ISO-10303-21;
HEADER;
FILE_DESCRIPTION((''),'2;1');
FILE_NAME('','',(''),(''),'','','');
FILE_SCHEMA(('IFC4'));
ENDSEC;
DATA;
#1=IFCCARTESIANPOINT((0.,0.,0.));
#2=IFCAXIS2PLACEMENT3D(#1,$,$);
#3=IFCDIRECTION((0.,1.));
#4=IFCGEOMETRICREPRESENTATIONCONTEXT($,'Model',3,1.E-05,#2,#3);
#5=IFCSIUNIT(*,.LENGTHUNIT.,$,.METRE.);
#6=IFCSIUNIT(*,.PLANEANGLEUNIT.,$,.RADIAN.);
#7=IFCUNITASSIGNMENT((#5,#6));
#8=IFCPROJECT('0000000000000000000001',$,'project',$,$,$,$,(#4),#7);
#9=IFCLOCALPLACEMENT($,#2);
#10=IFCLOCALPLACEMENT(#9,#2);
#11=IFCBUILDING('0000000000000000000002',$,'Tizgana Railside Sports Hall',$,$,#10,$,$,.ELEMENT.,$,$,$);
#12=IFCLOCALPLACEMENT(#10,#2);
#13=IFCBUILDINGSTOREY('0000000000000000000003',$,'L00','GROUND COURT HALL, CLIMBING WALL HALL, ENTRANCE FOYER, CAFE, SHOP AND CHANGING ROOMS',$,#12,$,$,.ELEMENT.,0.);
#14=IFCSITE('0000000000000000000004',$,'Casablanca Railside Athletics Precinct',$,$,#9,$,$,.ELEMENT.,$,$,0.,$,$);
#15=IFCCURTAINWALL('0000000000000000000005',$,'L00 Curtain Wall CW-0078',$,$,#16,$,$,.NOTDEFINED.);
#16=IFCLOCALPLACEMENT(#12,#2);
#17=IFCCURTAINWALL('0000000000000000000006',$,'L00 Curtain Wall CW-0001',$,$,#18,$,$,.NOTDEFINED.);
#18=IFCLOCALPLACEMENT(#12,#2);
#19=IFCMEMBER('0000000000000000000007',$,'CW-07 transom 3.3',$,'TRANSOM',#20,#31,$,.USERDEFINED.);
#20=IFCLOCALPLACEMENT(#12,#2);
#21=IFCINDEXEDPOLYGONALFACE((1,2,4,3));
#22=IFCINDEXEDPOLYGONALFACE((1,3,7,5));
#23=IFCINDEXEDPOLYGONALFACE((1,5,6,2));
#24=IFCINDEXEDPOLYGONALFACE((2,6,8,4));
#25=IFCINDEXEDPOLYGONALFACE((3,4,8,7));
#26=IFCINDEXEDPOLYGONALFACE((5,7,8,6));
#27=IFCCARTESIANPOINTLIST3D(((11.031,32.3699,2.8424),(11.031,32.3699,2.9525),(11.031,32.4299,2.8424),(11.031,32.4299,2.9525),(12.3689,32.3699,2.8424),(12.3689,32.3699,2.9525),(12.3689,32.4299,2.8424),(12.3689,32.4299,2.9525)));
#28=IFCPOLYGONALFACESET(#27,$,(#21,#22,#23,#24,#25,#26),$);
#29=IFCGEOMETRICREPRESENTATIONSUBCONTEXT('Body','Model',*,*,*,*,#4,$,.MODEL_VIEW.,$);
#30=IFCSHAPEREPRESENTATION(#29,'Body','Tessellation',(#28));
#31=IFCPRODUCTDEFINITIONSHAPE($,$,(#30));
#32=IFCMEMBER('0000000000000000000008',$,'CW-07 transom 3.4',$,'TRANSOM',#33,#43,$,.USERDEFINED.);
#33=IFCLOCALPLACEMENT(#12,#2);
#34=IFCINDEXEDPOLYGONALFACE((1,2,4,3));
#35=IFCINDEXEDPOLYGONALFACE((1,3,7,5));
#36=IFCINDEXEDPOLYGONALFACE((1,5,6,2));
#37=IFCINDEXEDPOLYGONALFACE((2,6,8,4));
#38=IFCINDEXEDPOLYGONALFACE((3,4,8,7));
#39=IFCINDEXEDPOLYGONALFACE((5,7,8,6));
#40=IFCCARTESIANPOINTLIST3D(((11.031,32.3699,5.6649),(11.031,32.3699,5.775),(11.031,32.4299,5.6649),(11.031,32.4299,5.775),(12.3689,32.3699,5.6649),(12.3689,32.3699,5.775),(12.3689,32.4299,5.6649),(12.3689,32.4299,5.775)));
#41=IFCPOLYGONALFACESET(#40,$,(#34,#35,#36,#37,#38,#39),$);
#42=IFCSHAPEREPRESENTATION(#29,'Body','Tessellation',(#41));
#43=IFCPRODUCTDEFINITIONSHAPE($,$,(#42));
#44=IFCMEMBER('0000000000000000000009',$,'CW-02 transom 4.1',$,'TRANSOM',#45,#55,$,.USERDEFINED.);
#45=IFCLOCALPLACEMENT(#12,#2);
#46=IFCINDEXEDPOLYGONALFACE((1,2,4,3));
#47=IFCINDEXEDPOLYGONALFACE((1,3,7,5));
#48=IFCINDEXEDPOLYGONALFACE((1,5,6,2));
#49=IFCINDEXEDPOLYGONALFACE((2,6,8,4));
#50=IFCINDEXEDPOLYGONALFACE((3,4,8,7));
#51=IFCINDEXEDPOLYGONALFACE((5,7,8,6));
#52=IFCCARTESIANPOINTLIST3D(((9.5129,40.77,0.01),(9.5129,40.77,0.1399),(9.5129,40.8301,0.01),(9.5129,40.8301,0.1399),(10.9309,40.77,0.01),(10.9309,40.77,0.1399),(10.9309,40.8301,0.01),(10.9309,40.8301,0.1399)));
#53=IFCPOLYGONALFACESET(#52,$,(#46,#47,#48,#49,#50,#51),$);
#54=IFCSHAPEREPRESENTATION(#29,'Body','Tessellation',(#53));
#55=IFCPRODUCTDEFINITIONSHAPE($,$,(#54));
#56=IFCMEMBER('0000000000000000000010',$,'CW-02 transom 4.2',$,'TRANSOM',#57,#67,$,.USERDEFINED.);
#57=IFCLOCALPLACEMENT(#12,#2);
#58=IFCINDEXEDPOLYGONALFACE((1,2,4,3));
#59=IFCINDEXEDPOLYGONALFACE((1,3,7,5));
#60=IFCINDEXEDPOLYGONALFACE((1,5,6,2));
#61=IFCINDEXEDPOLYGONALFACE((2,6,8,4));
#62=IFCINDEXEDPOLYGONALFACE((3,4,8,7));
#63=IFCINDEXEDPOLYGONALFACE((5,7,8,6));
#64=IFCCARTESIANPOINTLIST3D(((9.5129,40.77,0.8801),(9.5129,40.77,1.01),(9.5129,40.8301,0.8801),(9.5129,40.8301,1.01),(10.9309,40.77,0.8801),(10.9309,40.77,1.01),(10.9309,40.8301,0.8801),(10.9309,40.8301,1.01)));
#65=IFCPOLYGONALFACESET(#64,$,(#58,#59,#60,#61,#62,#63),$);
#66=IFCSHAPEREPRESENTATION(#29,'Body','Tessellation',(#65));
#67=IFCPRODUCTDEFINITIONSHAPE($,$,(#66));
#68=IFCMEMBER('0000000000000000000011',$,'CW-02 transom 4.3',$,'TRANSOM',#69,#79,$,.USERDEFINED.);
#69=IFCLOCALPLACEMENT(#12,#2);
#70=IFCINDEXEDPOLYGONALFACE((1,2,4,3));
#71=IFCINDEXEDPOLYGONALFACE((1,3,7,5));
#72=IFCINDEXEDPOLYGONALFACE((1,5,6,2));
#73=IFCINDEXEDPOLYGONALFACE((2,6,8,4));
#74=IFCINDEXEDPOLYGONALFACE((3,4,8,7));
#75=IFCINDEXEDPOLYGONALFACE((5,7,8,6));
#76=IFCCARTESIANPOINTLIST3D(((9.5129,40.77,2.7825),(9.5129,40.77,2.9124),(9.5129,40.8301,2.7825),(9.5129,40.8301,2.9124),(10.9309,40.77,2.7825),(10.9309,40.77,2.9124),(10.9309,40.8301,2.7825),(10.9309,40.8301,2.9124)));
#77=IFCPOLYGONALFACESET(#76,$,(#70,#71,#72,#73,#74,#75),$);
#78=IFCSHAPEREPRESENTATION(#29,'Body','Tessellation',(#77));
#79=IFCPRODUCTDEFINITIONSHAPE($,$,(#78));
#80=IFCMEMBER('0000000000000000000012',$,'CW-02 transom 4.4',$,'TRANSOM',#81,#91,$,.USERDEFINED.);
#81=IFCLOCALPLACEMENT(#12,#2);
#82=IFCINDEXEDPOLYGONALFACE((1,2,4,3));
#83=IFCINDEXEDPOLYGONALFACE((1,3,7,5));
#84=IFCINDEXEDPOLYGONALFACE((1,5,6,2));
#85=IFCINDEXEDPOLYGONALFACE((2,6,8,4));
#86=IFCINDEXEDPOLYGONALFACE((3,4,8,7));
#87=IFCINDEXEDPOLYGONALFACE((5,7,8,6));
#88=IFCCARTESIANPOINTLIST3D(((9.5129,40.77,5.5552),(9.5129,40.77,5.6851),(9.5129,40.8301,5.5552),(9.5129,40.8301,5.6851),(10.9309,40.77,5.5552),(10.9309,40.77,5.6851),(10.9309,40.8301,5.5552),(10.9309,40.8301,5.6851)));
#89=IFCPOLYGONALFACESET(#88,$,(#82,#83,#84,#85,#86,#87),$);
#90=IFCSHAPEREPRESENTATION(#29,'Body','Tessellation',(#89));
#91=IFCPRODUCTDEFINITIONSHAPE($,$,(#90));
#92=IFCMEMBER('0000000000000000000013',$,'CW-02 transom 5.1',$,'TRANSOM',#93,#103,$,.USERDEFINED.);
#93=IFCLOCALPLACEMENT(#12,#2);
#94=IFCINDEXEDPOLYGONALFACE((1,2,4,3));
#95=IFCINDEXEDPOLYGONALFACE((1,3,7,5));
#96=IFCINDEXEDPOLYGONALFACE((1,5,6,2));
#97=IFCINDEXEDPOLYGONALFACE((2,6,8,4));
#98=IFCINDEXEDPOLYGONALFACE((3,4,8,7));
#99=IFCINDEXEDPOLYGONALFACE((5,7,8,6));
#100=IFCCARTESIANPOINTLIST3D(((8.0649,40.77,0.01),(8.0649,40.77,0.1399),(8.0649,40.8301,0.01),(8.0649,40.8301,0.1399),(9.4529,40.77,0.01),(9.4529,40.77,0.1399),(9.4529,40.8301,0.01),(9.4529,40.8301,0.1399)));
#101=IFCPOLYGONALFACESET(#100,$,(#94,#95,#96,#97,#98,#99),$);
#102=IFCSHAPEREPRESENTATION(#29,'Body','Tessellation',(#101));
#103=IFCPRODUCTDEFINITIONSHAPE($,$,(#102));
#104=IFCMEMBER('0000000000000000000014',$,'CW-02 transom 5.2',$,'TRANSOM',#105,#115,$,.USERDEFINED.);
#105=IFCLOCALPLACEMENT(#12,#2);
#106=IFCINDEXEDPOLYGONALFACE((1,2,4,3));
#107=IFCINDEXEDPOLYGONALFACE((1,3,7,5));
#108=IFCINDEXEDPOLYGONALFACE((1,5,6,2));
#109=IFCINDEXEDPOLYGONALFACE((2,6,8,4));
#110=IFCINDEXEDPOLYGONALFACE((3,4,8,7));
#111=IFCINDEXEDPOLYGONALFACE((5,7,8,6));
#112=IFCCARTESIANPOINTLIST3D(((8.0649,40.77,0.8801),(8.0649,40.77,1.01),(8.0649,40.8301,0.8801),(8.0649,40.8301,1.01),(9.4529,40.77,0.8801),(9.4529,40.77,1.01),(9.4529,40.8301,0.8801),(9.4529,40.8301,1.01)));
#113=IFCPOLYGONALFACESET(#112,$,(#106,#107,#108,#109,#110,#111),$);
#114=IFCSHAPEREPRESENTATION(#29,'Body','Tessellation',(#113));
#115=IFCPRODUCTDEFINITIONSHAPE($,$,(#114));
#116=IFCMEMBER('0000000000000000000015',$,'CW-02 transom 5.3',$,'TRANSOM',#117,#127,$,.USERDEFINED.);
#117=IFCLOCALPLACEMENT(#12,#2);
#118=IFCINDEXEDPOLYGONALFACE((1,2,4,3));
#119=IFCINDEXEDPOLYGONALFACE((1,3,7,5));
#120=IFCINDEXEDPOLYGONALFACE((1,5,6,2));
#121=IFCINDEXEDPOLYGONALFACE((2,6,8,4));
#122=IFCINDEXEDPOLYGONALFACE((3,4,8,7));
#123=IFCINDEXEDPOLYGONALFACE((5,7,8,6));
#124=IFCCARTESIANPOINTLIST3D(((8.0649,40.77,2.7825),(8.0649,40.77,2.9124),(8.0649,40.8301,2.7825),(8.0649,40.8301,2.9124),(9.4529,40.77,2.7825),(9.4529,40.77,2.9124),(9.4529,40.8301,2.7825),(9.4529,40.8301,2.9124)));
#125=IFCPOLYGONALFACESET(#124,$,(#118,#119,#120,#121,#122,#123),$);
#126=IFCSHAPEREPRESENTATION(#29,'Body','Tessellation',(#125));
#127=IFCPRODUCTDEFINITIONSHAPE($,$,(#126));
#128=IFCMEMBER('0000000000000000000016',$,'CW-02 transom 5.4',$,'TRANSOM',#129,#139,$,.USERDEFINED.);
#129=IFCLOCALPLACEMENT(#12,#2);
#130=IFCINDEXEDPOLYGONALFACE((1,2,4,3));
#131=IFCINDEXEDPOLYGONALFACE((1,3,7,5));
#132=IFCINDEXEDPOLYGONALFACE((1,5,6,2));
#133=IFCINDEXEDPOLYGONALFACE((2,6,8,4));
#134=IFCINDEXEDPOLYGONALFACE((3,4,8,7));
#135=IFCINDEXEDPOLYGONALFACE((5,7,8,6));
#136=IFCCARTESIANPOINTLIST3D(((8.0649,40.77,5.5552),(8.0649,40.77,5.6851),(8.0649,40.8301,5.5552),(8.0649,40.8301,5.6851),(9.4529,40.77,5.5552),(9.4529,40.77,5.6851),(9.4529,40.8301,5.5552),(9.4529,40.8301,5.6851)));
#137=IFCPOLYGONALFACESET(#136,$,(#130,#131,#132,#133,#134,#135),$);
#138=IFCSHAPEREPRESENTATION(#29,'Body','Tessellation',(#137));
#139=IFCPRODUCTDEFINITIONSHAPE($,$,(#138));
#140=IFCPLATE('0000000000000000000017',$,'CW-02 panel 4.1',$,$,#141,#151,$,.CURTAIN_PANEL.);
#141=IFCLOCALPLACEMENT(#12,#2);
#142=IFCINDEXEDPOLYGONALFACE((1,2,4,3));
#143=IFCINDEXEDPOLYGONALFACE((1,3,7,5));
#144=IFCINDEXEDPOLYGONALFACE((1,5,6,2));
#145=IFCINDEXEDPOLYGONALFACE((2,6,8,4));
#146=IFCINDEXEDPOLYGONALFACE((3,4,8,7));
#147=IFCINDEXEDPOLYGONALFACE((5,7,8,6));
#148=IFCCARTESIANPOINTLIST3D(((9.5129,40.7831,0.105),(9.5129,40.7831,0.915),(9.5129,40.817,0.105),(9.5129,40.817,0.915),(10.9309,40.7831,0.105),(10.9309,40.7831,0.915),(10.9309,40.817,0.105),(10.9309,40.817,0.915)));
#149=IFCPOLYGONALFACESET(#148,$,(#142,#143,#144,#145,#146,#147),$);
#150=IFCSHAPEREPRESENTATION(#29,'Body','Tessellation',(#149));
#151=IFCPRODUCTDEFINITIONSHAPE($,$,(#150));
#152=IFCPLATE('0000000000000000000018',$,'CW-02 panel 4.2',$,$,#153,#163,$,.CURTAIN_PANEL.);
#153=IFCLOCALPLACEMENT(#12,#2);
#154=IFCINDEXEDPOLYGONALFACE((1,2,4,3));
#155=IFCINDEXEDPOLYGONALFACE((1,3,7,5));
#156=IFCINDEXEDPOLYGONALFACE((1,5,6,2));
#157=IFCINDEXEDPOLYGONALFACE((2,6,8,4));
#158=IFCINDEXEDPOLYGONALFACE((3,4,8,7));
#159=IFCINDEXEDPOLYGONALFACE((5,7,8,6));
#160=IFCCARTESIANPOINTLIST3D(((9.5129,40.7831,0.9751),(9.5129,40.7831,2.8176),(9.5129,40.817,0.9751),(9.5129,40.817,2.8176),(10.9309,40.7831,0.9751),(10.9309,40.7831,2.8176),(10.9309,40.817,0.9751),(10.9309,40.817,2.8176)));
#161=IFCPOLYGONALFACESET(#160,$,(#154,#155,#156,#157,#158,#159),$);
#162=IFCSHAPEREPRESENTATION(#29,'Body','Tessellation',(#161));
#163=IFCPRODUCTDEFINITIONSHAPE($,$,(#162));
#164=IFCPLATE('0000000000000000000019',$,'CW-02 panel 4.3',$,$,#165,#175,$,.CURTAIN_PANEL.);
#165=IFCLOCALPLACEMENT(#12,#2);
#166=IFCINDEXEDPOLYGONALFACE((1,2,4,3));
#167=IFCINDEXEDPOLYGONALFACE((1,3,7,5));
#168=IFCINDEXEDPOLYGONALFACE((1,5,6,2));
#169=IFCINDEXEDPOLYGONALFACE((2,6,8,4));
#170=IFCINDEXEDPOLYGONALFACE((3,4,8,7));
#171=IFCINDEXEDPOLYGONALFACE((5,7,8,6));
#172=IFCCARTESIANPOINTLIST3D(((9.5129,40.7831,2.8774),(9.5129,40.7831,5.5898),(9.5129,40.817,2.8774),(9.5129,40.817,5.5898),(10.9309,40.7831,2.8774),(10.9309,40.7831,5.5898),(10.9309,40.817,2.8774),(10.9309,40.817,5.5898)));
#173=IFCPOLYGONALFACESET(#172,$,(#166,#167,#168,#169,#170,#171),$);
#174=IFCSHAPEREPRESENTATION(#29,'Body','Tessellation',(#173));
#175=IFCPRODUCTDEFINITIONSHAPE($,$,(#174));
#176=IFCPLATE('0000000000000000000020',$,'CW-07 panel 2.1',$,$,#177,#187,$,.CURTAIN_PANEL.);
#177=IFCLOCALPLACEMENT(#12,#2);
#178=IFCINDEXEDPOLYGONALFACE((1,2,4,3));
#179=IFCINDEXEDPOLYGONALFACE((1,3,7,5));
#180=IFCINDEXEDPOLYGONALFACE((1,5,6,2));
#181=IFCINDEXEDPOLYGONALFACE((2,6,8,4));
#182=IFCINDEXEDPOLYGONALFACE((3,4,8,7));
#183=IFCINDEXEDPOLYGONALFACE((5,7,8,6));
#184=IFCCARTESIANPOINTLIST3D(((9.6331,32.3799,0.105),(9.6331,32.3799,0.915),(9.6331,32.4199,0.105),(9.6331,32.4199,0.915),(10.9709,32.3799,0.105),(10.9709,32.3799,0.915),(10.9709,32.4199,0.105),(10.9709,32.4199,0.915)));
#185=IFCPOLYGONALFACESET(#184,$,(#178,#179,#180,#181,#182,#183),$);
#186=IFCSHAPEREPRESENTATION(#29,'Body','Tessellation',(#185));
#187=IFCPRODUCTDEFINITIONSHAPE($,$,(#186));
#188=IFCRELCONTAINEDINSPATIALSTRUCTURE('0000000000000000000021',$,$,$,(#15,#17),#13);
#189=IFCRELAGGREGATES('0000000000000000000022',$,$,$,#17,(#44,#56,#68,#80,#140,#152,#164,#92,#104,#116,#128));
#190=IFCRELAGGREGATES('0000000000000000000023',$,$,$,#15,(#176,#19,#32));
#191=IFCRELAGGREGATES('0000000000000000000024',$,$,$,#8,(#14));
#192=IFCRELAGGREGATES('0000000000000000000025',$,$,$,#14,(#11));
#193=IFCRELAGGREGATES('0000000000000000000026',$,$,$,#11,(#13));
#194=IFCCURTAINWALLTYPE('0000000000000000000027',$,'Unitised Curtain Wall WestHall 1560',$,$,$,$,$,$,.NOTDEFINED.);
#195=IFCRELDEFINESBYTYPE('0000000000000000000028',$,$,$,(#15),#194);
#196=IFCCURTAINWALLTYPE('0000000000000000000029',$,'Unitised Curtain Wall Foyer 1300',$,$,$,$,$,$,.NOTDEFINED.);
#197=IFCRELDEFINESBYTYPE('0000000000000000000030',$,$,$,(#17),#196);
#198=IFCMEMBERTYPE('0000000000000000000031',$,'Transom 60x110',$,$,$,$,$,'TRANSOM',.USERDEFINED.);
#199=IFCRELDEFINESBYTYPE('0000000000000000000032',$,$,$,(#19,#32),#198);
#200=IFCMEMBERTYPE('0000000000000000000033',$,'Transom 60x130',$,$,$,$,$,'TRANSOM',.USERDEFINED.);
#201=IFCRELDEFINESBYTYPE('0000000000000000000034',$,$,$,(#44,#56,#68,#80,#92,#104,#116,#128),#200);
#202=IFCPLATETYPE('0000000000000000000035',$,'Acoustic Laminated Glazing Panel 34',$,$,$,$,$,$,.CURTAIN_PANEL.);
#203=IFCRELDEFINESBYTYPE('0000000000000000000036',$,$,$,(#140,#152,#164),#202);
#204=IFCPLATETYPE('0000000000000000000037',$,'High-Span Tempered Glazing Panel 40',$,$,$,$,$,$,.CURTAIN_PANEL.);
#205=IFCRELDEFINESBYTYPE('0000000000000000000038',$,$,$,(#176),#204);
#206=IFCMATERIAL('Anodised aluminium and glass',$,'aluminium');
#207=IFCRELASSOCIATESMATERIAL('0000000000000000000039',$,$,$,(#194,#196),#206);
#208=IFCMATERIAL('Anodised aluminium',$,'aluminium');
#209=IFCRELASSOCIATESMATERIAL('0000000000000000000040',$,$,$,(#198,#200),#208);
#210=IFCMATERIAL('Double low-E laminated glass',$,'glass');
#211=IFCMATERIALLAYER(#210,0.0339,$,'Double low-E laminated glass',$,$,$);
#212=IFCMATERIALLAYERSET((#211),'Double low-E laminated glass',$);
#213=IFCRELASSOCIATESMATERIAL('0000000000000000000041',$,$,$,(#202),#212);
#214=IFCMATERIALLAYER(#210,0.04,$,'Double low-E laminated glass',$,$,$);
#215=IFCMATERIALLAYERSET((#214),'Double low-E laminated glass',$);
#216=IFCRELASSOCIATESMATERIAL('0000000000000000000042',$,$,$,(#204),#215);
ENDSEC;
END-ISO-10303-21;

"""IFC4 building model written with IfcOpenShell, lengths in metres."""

from ifc_helpers import new_model, si_unit, direction, frame, origin, origin_2d, place, context, subcontext, project, spatial, rectangle, extrude, material, layer, layer_set, material_profile, profile_set, type_object, element, aggregate, save


model = new_model("IFC4")

# Units and contexts
model_context = context("Model", 3, precision=1e-05, world=origin(), true_north=direction((0.0, 1.0)))
body_context = subcontext(model_context, "Body", "Model", "MODEL_VIEW")
ifc_project = project(units=[si_unit("LENGTHUNIT", "METRE"), si_unit("PLANEANGLEUNIT", "RADIAN")], contexts=[model_context])

# Site, building, storey
site_placement = place(None, origin())
site = spatial("IfcSite", under=ifc_project, at=site_placement, Name="Casablanca Railside Athletics Precinct", CompositionType="ELEMENT", RefElevation=0.0)
building_placement = place(site_placement, origin())
building = spatial("IfcBuilding", under=site, at=building_placement, Name="Tizgana Railside Sports Hall", CompositionType="ELEMENT")
storey_placement = place(building_placement, origin())
storey = spatial("IfcBuildingStorey", under=building, at=storey_placement, Name="L00", Description="GROUND COURT HALL, CLIMBING WALL HALL, ENTRANCE FOYER, CAFE, SHOP AND CHANGING ROOMS", CompositionType="ELEMENT", Elevation=0.0)

# Curtain walls
ifc_material_1 = material(Name="Anodised aluminium and glass", Category="aluminium")
curtain_wall_type_1 = type_object("IfcCurtainWallType", Name="Unitised Curtain Wall WestHall 1560", PredefinedType="NOTDEFINED", material=ifc_material_1)
curtain_wall_1_placement = place(storey_placement, origin())
curtain_wall_1 = element("IfcCurtainWall", 1, at=curtain_wall_1_placement, inside=storey, type_object=curtain_wall_type_1, Name="L00 Curtain Wall CW-0078", PredefinedType="NOTDEFINED")
ifc_material_2 = material(Name="Anodised aluminium", Category="aluminium")
curtain_wall_type_2 = type_object("IfcCurtainWallType", Name="Unitised Curtain Wall Foyer 1300", PredefinedType="NOTDEFINED", material=ifc_material_1)
curtain_wall_2_placement = place(storey_placement, origin())
curtain_wall_2 = element("IfcCurtainWall", 2, at=curtain_wall_2_placement, inside=storey, type_object=curtain_wall_type_2, Name="L00 Curtain Wall CW-0001", PredefinedType="NOTDEFINED")

# Members
ifc_material_profile_1 = material_profile(ifc_material_2, rectangle(XDim=0.0601, YDim=0.1101, at=origin_2d()), Name="Transom 60x110")
ifc_profile_set_1 = profile_set([ifc_material_profile_1], Name="Anodised aluminium")
member_type_1 = type_object("IfcMemberType", Name="Transom 60x110", ElementType="TRANSOM", PredefinedType="USERDEFINED", material=ifc_profile_set_1)
member_1_placement = place(storey_placement, frame((11.031, 32.3999, 2.8975), z_axis=(1.0, 0.0, 0.0), x_axis=(0.0, 1.0, 0.0)))
member_1 = element("IfcMember", 3, at=member_1_placement, type_object=member_type_1, Name="CW-07 transom 3.3", ObjectType="TRANSOM", PredefinedType="USERDEFINED", context=body_context, shape_type="SweptSolid", body=[
    extrude(rectangle(XDim=0.0601, YDim=0.1101, at=origin_2d()), origin(), (0.0, 0.0, 1.0), 1.3379),
])
member_2_placement = place(storey_placement, frame((11.031, 32.3999, 5.72), z_axis=(1.0, 0.0, 0.0), x_axis=(0.0, 1.0, 0.0)))
member_2 = element("IfcMember", 4, at=member_2_placement, type_object=member_type_1, Name="CW-07 transom 3.4", ObjectType="TRANSOM", PredefinedType="USERDEFINED", context=body_context, shape_type="SweptSolid", body=[
    extrude(rectangle(XDim=0.0601, YDim=0.1101, at=origin_2d()), origin(), (0.0, 0.0, 1.0), 1.3379),
])
ifc_material_profile_2 = material_profile(ifc_material_2, rectangle(XDim=0.0601, YDim=0.1299, at=origin_2d()), Name="Transom 60x130")
ifc_profile_set_2 = profile_set([ifc_material_profile_2], Name="Anodised aluminium")
member_type_2 = type_object("IfcMemberType", Name="Transom 60x130", ElementType="TRANSOM", PredefinedType="USERDEFINED", material=ifc_profile_set_2)
member_3_placement = place(storey_placement, frame((10.9309, 40.8, 0.075), z_axis=(-1.0, 0.0, 0.0), x_axis=(0.0, -1.0, 0.0)))
member_3 = element("IfcMember", 5, at=member_3_placement, type_object=member_type_2, Name="CW-02 transom 4.1", ObjectType="TRANSOM", PredefinedType="USERDEFINED", context=body_context, shape_type="SweptSolid", body=[
    extrude(rectangle(XDim=0.0601, YDim=0.1299, at=origin_2d()), origin(), (0.0, 0.0, 1.0), 1.418),
])
member_4_placement = place(storey_placement, frame((10.9309, 40.8, 0.9451), z_axis=(-1.0, 0.0, 0.0), x_axis=(0.0, -1.0, 0.0)))
member_4 = element("IfcMember", 6, at=member_4_placement, type_object=member_type_2, Name="CW-02 transom 4.2", ObjectType="TRANSOM", PredefinedType="USERDEFINED", context=body_context, shape_type="SweptSolid", body=[
    extrude(rectangle(XDim=0.0601, YDim=0.1299, at=origin_2d()), origin(), (0.0, 0.0, 1.0), 1.418),
])
member_5_placement = place(storey_placement, frame((10.9309, 40.8, 2.8474), z_axis=(-1.0, 0.0, 0.0), x_axis=(0.0, -1.0, 0.0)))
member_5 = element("IfcMember", 7, at=member_5_placement, type_object=member_type_2, Name="CW-02 transom 4.3", ObjectType="TRANSOM", PredefinedType="USERDEFINED", context=body_context, shape_type="SweptSolid", body=[
    extrude(rectangle(XDim=0.0601, YDim=0.1299, at=origin_2d()), origin(), (0.0, 0.0, 1.0), 1.418),
])
member_6_placement = place(storey_placement, frame((10.9309, 40.8, 5.6201), z_axis=(-1.0, 0.0, 0.0), x_axis=(0.0, -1.0, 0.0)))
member_6 = element("IfcMember", 8, at=member_6_placement, type_object=member_type_2, Name="CW-02 transom 4.4", ObjectType="TRANSOM", PredefinedType="USERDEFINED", context=body_context, shape_type="SweptSolid", body=[
    extrude(rectangle(XDim=0.0601, YDim=0.1299, at=origin_2d()), origin(), (0.0, 0.0, 1.0), 1.418),
])
member_7_placement = place(storey_placement, frame((9.4529, 40.8, 0.075), z_axis=(-1.0, 0.0, 0.0), x_axis=(0.0, -1.0, 0.0)))
member_7 = element("IfcMember", 9, at=member_7_placement, type_object=member_type_2, Name="CW-02 transom 5.1", ObjectType="TRANSOM", PredefinedType="USERDEFINED", context=body_context, shape_type="SweptSolid", body=[
    extrude(rectangle(XDim=0.0601, YDim=0.1299, at=origin_2d()), origin(), (0.0, 0.0, 1.0), 1.3879),
])
member_8_placement = place(storey_placement, frame((9.4529, 40.8, 0.9451), z_axis=(-1.0, 0.0, 0.0), x_axis=(0.0, -1.0, 0.0)))
member_8 = element("IfcMember", 10, at=member_8_placement, type_object=member_type_2, Name="CW-02 transom 5.2", ObjectType="TRANSOM", PredefinedType="USERDEFINED", context=body_context, shape_type="SweptSolid", body=[
    extrude(rectangle(XDim=0.0601, YDim=0.1299, at=origin_2d()), origin(), (0.0, 0.0, 1.0), 1.3879),
])
member_9_placement = place(storey_placement, frame((9.4529, 40.8, 2.8474), z_axis=(-1.0, 0.0, 0.0), x_axis=(0.0, -1.0, 0.0)))
member_9 = element("IfcMember", 11, at=member_9_placement, type_object=member_type_2, Name="CW-02 transom 5.3", ObjectType="TRANSOM", PredefinedType="USERDEFINED", context=body_context, shape_type="SweptSolid", body=[
    extrude(rectangle(XDim=0.0601, YDim=0.1299, at=origin_2d()), origin(), (0.0, 0.0, 1.0), 1.3879),
])
member_10_placement = place(storey_placement, frame((9.4529, 40.8, 5.6201), z_axis=(-1.0, 0.0, 0.0), x_axis=(0.0, -1.0, 0.0)))
member_10 = element("IfcMember", 12, at=member_10_placement, type_object=member_type_2, Name="CW-02 transom 5.4", ObjectType="TRANSOM", PredefinedType="USERDEFINED", context=body_context, shape_type="SweptSolid", body=[
    extrude(rectangle(XDim=0.0601, YDim=0.1299, at=origin_2d()), origin(), (0.0, 0.0, 1.0), 1.3879),
])

# Plates
ifc_material_3 = material(Name="Double low-E laminated glass", Category="glass")
ifc_layer_1 = layer(ifc_material_3, 0.0339, Name="Double low-E laminated glass")
ifc_layer_set_1 = layer_set([ifc_layer_1], Name="Double low-E laminated glass")
plate_type_1 = type_object("IfcPlateType", Name="Acoustic Laminated Glazing Panel 34", PredefinedType="CURTAIN_PANEL", material=ifc_layer_set_1)
plate_1_placement = place(storey_placement, frame((10.2219, 40.8, 0.105), z_axis=(0.0, 0.0, 1.0), x_axis=(-1.0, 0.0, 0.0)))
plate_1 = element("IfcPlate", 13, at=plate_1_placement, type_object=plate_type_1, Name="CW-02 panel 4.1", PredefinedType="CURTAIN_PANEL", context=body_context, shape_type="SweptSolid", body=[
    extrude(rectangle(XDim=1.418, YDim=0.0339, at=origin_2d()), origin(), (0.0, 0.0, 1.0), 0.8101),
])
plate_2_placement = place(storey_placement, frame((10.2219, 40.8, 0.9751), z_axis=(0.0, 0.0, 1.0), x_axis=(-1.0, 0.0, 0.0)))
plate_2 = element("IfcPlate", 14, at=plate_2_placement, type_object=plate_type_1, Name="CW-02 panel 4.2", PredefinedType="CURTAIN_PANEL", context=body_context, shape_type="SweptSolid", body=[
    extrude(rectangle(XDim=1.418, YDim=0.0339, at=origin_2d()), origin(), (0.0, 0.0, 1.0), 1.8425),
])
plate_3_placement = place(storey_placement, frame((10.2219, 40.8, 2.8774), z_axis=(0.0, 0.0, 1.0), x_axis=(-1.0, 0.0, 0.0)))
plate_3 = element("IfcPlate", 15, at=plate_3_placement, type_object=plate_type_1, Name="CW-02 panel 4.3", PredefinedType="CURTAIN_PANEL", context=body_context, shape_type="SweptSolid", body=[
    extrude(rectangle(XDim=1.418, YDim=0.0339, at=origin_2d()), origin(), (0.0, 0.0, 1.0), 2.7124),
])
aggregate(curtain_wall_2, [member_3, member_4, member_5, member_6, plate_1, plate_2, plate_3, member_7, member_8, member_9, member_10])
ifc_layer_2 = layer(ifc_material_3, 0.04, Name="Double low-E laminated glass")
ifc_layer_set_2 = layer_set([ifc_layer_2], Name="Double low-E laminated glass")
plate_type_2 = type_object("IfcPlateType", Name="High-Span Tempered Glazing Panel 40", PredefinedType="CURTAIN_PANEL", material=ifc_layer_set_2)
plate_4_placement = place(storey_placement, frame((10.302, 32.3999, 0.105), z_axis=(0.0, 0.0, 1.0), x_axis=(1.0, 0.0, 0.0)))
plate_4 = element("IfcPlate", 16, at=plate_4_placement, type_object=plate_type_2, Name="CW-07 panel 2.1", PredefinedType="CURTAIN_PANEL", context=body_context, shape_type="SweptSolid", body=[
    extrude(rectangle(XDim=1.3379, YDim=0.04, at=origin_2d()), origin(), (0.0, 0.0, 1.0), 0.8101),
])
aggregate(curtain_wall_1, [plate_4, member_1, member_2])

save(model, "model.ifc")
